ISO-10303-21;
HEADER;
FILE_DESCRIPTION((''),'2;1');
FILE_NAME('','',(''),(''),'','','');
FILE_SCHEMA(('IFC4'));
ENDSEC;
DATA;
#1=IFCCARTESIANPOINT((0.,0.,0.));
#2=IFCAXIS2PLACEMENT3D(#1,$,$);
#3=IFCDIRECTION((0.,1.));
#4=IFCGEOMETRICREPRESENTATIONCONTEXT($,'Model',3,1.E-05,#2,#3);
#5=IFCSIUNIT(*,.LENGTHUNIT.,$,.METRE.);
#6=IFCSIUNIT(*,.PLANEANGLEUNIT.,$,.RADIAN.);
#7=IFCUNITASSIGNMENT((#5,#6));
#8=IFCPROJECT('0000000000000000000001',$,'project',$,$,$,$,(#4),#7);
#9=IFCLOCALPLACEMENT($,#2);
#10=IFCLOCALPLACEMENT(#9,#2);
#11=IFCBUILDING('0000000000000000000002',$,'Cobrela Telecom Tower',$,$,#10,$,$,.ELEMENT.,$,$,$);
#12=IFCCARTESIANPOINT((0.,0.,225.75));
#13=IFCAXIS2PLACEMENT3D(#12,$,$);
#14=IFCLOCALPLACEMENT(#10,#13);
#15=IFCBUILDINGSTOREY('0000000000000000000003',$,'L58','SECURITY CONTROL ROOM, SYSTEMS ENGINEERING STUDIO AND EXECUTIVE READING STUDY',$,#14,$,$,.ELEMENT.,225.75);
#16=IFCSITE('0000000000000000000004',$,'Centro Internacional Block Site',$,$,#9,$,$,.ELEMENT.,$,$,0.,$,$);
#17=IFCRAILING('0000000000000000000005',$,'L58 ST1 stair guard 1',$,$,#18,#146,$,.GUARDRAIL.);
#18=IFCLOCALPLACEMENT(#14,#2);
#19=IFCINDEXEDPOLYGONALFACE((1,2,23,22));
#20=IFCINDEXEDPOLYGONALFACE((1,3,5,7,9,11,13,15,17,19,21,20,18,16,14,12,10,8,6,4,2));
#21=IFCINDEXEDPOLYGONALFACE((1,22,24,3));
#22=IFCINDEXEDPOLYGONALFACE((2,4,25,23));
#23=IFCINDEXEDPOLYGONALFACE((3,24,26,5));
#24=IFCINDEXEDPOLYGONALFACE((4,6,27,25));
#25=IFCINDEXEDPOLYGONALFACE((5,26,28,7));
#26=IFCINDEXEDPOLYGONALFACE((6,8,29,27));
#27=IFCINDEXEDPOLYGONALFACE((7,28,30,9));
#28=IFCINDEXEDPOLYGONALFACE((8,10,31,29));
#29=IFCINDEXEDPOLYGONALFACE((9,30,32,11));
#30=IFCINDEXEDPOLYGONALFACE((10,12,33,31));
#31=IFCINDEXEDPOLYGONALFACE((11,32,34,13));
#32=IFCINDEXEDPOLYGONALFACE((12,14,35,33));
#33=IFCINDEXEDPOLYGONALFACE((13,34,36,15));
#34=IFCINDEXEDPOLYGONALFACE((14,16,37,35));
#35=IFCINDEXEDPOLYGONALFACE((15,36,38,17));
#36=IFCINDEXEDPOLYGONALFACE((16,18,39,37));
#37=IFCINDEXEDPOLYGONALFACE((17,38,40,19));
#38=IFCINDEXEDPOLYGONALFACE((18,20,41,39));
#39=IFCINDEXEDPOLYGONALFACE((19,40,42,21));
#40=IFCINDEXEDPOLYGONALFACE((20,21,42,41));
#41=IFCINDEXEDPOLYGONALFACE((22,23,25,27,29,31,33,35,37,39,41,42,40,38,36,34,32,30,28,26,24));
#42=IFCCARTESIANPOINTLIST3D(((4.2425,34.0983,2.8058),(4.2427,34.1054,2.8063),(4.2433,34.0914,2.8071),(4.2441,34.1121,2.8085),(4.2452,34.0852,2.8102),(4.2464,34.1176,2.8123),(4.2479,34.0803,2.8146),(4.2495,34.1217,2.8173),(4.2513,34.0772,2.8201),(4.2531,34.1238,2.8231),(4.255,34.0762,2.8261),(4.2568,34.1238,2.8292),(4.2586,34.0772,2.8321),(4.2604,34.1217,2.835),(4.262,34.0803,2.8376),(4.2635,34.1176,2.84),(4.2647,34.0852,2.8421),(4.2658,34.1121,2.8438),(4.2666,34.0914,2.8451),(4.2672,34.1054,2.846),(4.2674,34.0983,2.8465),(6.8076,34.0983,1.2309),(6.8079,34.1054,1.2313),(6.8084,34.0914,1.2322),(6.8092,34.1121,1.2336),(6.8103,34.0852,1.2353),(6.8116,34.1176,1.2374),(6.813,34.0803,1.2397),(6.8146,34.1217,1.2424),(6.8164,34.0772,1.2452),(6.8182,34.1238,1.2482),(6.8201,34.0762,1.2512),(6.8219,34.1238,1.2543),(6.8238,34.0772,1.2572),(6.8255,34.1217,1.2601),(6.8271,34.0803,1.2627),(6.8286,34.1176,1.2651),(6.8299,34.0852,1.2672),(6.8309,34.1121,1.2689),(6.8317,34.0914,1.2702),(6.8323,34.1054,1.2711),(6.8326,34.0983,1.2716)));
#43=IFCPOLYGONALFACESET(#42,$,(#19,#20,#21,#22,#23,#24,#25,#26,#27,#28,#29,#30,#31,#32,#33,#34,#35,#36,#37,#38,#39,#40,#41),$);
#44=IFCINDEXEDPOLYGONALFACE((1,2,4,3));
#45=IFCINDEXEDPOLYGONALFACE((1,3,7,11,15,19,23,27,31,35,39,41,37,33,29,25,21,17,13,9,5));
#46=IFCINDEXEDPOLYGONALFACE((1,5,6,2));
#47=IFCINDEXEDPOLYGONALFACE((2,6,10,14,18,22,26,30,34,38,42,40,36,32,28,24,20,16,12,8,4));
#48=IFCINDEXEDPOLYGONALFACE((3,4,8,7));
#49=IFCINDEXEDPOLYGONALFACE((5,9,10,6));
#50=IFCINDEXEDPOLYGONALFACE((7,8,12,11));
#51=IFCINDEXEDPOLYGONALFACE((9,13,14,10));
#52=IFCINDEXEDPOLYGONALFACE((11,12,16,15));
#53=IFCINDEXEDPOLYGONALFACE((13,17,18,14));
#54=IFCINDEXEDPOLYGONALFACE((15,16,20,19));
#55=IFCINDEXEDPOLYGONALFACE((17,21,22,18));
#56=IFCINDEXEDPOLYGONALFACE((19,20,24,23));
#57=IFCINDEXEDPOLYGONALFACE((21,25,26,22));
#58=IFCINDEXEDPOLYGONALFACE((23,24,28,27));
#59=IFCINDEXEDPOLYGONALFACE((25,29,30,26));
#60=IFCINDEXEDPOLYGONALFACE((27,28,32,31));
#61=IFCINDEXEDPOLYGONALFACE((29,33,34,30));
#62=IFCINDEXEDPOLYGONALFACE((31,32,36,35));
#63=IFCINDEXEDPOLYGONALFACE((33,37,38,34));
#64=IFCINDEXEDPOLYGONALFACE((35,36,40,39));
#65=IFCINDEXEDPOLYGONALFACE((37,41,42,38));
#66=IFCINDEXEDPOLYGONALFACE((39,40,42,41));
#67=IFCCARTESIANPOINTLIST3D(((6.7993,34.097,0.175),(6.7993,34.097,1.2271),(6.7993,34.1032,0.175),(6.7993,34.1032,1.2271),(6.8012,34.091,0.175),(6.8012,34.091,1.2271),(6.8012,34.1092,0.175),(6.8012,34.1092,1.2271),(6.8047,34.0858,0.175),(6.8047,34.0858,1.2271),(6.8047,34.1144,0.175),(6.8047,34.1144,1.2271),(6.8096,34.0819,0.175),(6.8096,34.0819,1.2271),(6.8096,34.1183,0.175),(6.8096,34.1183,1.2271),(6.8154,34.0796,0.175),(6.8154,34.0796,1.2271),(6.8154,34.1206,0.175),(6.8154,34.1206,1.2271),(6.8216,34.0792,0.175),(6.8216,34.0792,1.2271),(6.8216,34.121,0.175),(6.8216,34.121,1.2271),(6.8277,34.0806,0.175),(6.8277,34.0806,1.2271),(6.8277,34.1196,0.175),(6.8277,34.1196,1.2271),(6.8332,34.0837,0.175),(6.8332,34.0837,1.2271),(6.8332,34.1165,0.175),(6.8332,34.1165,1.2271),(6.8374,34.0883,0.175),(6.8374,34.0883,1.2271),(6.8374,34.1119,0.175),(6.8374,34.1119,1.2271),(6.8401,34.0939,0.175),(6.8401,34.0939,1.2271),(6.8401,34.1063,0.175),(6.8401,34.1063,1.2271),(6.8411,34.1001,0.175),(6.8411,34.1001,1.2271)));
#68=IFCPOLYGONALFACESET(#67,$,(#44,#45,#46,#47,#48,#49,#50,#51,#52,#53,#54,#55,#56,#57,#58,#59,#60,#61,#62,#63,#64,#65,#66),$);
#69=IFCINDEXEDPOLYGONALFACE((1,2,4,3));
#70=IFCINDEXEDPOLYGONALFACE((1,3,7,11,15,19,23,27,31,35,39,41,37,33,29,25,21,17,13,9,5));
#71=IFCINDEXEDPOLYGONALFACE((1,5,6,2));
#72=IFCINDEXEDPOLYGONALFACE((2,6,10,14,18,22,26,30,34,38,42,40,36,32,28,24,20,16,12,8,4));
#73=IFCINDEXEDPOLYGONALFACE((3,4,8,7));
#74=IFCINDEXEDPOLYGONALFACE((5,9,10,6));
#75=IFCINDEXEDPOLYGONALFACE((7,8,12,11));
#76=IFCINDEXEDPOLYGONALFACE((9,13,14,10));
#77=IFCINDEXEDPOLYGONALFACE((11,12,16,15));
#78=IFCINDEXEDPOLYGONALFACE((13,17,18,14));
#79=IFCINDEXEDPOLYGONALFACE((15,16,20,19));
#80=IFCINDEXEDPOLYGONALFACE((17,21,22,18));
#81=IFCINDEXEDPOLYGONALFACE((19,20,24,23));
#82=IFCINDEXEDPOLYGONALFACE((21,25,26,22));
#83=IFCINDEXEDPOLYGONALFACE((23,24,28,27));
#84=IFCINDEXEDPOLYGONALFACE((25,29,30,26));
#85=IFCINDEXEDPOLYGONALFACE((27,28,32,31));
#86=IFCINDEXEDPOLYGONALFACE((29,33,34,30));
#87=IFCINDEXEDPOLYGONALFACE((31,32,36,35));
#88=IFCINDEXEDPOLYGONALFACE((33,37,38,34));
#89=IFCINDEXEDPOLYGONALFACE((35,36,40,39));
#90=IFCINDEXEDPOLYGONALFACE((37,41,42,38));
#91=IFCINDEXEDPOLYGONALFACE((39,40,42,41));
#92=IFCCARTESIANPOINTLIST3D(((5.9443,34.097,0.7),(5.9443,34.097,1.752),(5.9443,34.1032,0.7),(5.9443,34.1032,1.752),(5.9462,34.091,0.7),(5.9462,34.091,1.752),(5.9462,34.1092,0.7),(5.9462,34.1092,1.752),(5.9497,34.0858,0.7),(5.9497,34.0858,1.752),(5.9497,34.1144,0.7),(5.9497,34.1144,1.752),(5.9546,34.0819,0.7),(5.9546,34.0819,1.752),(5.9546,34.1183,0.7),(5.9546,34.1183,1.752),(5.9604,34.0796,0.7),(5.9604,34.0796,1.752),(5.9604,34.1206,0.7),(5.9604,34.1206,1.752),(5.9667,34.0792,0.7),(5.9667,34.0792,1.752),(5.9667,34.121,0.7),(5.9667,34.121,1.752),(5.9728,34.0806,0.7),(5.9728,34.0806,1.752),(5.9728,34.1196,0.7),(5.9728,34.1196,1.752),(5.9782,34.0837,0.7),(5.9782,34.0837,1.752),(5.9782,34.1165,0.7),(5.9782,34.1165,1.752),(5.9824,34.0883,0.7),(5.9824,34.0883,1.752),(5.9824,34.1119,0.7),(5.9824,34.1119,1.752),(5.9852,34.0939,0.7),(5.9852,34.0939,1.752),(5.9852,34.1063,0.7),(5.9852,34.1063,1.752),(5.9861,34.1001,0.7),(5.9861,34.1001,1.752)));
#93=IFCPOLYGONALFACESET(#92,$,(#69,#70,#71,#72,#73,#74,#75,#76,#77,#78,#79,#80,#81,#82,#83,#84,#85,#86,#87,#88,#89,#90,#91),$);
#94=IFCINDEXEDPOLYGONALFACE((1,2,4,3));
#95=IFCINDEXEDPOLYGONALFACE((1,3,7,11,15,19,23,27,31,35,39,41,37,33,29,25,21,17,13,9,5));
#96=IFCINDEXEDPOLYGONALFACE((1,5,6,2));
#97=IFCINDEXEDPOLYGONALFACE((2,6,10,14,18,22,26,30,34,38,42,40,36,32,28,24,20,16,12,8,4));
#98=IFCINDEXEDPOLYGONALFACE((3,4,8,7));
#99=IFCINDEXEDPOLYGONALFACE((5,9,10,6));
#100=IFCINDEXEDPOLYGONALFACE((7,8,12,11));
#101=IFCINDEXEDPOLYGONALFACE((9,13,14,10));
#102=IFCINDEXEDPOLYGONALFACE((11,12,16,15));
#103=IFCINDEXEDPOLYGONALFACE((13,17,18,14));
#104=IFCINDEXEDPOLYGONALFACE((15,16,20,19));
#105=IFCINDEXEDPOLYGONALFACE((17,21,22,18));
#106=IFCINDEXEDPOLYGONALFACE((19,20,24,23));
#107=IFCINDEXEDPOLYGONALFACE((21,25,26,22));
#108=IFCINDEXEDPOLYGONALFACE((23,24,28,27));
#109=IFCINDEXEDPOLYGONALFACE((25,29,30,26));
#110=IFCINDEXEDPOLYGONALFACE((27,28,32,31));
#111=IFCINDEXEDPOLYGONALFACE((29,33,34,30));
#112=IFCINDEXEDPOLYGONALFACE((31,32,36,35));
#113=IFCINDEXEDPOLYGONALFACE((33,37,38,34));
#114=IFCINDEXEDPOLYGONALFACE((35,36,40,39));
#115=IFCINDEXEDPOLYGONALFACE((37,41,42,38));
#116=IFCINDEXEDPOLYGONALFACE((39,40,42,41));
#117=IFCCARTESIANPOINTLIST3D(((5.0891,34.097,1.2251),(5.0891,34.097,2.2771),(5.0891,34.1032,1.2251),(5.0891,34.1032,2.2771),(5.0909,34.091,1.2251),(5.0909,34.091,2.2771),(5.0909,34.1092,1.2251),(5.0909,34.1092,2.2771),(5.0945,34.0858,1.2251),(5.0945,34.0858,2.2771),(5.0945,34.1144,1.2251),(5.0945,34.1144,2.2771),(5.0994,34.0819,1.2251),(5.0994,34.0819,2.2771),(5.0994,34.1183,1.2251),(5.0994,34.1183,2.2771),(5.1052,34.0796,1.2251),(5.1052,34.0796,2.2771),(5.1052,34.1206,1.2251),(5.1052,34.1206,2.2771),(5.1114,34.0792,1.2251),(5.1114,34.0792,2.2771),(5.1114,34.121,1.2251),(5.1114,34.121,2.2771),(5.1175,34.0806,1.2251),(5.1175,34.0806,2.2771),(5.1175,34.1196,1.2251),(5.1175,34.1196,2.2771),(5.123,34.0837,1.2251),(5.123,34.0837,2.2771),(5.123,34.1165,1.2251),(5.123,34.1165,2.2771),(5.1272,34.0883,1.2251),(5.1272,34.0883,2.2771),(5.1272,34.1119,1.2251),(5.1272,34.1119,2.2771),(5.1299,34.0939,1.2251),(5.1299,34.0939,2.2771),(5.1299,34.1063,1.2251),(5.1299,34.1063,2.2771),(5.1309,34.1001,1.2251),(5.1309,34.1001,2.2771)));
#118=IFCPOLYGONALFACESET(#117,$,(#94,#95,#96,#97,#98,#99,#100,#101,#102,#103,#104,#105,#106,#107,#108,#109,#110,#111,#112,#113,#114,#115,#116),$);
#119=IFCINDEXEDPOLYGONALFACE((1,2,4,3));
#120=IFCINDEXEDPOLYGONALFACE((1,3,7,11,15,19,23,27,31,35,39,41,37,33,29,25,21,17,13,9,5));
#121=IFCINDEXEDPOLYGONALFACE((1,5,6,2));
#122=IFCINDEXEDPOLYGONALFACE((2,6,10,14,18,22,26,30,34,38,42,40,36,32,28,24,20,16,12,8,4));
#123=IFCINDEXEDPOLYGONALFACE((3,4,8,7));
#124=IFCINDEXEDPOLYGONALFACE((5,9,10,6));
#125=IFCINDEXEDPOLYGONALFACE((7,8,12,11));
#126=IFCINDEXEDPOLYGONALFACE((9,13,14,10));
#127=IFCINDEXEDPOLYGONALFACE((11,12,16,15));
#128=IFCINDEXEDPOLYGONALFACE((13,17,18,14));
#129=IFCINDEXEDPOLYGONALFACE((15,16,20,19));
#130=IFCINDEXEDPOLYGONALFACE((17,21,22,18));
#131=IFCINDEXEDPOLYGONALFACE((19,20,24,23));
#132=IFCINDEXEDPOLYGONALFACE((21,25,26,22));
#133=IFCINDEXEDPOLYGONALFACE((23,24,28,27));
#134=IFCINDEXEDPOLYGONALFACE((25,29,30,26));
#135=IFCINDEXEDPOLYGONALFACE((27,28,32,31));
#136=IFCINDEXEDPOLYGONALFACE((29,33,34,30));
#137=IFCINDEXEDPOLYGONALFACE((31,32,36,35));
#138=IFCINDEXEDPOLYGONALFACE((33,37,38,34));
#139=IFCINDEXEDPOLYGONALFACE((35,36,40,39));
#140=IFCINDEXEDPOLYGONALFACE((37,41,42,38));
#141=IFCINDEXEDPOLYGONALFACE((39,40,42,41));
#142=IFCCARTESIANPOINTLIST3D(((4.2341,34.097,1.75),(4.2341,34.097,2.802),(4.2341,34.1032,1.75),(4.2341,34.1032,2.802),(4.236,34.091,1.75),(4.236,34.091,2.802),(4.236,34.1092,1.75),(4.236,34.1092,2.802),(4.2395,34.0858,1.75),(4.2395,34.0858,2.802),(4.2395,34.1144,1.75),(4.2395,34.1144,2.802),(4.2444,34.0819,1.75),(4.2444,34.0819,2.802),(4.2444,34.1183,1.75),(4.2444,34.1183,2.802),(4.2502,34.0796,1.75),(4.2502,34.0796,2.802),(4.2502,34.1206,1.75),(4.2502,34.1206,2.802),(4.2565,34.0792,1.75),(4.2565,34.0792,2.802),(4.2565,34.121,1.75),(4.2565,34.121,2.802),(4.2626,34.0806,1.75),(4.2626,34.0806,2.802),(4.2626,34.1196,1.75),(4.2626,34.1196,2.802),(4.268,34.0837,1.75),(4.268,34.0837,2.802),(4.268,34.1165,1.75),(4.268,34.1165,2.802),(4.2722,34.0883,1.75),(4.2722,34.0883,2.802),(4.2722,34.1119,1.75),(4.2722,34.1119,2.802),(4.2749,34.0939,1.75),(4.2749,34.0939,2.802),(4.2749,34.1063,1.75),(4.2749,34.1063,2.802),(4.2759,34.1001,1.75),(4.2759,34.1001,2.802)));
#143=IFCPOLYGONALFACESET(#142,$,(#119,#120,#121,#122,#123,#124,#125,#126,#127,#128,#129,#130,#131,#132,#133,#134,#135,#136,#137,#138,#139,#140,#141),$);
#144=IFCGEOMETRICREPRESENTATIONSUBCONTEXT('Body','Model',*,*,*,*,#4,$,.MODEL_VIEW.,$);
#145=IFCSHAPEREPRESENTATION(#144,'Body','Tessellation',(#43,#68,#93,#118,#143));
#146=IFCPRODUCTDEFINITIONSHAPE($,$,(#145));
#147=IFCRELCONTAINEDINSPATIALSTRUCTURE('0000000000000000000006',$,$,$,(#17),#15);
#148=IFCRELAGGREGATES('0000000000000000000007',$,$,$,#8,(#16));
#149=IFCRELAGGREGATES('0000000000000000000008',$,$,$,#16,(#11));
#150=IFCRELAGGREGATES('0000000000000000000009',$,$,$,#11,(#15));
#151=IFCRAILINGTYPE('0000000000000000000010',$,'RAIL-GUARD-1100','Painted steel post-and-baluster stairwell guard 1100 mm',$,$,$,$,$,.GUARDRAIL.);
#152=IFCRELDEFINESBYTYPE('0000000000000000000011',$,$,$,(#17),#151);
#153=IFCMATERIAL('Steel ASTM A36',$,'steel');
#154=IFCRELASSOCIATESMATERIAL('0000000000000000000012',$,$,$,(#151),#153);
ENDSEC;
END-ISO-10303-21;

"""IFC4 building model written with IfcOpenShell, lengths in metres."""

from ifc_helpers import new_model, si_unit, direction, frame, origin, origin_2d, place, context, subcontext, project, spatial, circle, extrude, material, type_object, element, save


model = new_model("IFC4")

# Units and contexts
model_context = context("Model", 3, precision=1e-05, world=origin(), true_north=direction((0.0, 1.0)))
body_context = subcontext(model_context, "Body", "Model", "MODEL_VIEW")
ifc_project = project(units=[si_unit("LENGTHUNIT", "METRE"), si_unit("PLANEANGLEUNIT", "RADIAN")], contexts=[model_context])

# Site, building, storey
site_placement = place(None, origin())
site = spatial("IfcSite", under=ifc_project, at=site_placement, Name="Centro Internacional Block Site", CompositionType="ELEMENT", RefElevation=0.0)
building_placement = place(site_placement, origin())
building = spatial("IfcBuilding", under=site, at=building_placement, Name="Cobrela Telecom Tower", CompositionType="ELEMENT")
storey_placement = place(building_placement, frame((0.0, 0.0, 225.75)))
storey = spatial("IfcBuildingStorey", under=building, at=storey_placement, Name="L58", Description="SECURITY CONTROL ROOM, SYSTEMS ENGINEERING STUDIO AND EXECUTIVE READING STUDY", CompositionType="ELEMENT", Elevation=225.75)

# Shared definitions
ifc_material_1 = material(Name="Steel ASTM A36", Category="steel")

# Railing
railing_type_1 = type_object("IfcRailingType", Name="RAIL-GUARD-1100", Description="Painted steel post-and-baluster stairwell guard 1100 mm", PredefinedType="GUARDRAIL", material=ifc_material_1)
railing_1_placement = place(storey_placement, frame((6.8201, 34.1001, 0.175)))
element("IfcRailing", 1, at=railing_1_placement, inside=storey, type_object=railing_type_1, Name="L58 ST1 stair guard 1", PredefinedType="GUARDRAIL", context=body_context, shape_type="SweptSolid", body=[
    extrude(circle(Radius=0.0239, at=origin_2d()), frame((0.0, 0.0, 1.0762), z_axis=(-0.852195, 0.0, 0.523224), x_axis=(0.0, -1.0, 0.0)), (0.0, 0.0, 1.0), 3.01),
    extrude(circle(Radius=0.021, at=origin_2d()), origin(), (0.0, 0.0, 1.0), 1.052),
    extrude(circle(Radius=0.021, at=origin_2d()), frame((-0.855, 0.0, 0.5249)), (0.0, 0.0, 1.0), 1.052),
    extrude(circle(Radius=0.021, at=origin_2d()), frame((-1.7102, 0.0, 1.05)), (0.0, 0.0, 1.0), 1.052),
    extrude(circle(Radius=0.021, at=origin_2d()), frame((-2.5652, 0.0, 1.575)), (0.0, 0.0, 1.0), 1.052),
])

save(model, "model.ifc")
